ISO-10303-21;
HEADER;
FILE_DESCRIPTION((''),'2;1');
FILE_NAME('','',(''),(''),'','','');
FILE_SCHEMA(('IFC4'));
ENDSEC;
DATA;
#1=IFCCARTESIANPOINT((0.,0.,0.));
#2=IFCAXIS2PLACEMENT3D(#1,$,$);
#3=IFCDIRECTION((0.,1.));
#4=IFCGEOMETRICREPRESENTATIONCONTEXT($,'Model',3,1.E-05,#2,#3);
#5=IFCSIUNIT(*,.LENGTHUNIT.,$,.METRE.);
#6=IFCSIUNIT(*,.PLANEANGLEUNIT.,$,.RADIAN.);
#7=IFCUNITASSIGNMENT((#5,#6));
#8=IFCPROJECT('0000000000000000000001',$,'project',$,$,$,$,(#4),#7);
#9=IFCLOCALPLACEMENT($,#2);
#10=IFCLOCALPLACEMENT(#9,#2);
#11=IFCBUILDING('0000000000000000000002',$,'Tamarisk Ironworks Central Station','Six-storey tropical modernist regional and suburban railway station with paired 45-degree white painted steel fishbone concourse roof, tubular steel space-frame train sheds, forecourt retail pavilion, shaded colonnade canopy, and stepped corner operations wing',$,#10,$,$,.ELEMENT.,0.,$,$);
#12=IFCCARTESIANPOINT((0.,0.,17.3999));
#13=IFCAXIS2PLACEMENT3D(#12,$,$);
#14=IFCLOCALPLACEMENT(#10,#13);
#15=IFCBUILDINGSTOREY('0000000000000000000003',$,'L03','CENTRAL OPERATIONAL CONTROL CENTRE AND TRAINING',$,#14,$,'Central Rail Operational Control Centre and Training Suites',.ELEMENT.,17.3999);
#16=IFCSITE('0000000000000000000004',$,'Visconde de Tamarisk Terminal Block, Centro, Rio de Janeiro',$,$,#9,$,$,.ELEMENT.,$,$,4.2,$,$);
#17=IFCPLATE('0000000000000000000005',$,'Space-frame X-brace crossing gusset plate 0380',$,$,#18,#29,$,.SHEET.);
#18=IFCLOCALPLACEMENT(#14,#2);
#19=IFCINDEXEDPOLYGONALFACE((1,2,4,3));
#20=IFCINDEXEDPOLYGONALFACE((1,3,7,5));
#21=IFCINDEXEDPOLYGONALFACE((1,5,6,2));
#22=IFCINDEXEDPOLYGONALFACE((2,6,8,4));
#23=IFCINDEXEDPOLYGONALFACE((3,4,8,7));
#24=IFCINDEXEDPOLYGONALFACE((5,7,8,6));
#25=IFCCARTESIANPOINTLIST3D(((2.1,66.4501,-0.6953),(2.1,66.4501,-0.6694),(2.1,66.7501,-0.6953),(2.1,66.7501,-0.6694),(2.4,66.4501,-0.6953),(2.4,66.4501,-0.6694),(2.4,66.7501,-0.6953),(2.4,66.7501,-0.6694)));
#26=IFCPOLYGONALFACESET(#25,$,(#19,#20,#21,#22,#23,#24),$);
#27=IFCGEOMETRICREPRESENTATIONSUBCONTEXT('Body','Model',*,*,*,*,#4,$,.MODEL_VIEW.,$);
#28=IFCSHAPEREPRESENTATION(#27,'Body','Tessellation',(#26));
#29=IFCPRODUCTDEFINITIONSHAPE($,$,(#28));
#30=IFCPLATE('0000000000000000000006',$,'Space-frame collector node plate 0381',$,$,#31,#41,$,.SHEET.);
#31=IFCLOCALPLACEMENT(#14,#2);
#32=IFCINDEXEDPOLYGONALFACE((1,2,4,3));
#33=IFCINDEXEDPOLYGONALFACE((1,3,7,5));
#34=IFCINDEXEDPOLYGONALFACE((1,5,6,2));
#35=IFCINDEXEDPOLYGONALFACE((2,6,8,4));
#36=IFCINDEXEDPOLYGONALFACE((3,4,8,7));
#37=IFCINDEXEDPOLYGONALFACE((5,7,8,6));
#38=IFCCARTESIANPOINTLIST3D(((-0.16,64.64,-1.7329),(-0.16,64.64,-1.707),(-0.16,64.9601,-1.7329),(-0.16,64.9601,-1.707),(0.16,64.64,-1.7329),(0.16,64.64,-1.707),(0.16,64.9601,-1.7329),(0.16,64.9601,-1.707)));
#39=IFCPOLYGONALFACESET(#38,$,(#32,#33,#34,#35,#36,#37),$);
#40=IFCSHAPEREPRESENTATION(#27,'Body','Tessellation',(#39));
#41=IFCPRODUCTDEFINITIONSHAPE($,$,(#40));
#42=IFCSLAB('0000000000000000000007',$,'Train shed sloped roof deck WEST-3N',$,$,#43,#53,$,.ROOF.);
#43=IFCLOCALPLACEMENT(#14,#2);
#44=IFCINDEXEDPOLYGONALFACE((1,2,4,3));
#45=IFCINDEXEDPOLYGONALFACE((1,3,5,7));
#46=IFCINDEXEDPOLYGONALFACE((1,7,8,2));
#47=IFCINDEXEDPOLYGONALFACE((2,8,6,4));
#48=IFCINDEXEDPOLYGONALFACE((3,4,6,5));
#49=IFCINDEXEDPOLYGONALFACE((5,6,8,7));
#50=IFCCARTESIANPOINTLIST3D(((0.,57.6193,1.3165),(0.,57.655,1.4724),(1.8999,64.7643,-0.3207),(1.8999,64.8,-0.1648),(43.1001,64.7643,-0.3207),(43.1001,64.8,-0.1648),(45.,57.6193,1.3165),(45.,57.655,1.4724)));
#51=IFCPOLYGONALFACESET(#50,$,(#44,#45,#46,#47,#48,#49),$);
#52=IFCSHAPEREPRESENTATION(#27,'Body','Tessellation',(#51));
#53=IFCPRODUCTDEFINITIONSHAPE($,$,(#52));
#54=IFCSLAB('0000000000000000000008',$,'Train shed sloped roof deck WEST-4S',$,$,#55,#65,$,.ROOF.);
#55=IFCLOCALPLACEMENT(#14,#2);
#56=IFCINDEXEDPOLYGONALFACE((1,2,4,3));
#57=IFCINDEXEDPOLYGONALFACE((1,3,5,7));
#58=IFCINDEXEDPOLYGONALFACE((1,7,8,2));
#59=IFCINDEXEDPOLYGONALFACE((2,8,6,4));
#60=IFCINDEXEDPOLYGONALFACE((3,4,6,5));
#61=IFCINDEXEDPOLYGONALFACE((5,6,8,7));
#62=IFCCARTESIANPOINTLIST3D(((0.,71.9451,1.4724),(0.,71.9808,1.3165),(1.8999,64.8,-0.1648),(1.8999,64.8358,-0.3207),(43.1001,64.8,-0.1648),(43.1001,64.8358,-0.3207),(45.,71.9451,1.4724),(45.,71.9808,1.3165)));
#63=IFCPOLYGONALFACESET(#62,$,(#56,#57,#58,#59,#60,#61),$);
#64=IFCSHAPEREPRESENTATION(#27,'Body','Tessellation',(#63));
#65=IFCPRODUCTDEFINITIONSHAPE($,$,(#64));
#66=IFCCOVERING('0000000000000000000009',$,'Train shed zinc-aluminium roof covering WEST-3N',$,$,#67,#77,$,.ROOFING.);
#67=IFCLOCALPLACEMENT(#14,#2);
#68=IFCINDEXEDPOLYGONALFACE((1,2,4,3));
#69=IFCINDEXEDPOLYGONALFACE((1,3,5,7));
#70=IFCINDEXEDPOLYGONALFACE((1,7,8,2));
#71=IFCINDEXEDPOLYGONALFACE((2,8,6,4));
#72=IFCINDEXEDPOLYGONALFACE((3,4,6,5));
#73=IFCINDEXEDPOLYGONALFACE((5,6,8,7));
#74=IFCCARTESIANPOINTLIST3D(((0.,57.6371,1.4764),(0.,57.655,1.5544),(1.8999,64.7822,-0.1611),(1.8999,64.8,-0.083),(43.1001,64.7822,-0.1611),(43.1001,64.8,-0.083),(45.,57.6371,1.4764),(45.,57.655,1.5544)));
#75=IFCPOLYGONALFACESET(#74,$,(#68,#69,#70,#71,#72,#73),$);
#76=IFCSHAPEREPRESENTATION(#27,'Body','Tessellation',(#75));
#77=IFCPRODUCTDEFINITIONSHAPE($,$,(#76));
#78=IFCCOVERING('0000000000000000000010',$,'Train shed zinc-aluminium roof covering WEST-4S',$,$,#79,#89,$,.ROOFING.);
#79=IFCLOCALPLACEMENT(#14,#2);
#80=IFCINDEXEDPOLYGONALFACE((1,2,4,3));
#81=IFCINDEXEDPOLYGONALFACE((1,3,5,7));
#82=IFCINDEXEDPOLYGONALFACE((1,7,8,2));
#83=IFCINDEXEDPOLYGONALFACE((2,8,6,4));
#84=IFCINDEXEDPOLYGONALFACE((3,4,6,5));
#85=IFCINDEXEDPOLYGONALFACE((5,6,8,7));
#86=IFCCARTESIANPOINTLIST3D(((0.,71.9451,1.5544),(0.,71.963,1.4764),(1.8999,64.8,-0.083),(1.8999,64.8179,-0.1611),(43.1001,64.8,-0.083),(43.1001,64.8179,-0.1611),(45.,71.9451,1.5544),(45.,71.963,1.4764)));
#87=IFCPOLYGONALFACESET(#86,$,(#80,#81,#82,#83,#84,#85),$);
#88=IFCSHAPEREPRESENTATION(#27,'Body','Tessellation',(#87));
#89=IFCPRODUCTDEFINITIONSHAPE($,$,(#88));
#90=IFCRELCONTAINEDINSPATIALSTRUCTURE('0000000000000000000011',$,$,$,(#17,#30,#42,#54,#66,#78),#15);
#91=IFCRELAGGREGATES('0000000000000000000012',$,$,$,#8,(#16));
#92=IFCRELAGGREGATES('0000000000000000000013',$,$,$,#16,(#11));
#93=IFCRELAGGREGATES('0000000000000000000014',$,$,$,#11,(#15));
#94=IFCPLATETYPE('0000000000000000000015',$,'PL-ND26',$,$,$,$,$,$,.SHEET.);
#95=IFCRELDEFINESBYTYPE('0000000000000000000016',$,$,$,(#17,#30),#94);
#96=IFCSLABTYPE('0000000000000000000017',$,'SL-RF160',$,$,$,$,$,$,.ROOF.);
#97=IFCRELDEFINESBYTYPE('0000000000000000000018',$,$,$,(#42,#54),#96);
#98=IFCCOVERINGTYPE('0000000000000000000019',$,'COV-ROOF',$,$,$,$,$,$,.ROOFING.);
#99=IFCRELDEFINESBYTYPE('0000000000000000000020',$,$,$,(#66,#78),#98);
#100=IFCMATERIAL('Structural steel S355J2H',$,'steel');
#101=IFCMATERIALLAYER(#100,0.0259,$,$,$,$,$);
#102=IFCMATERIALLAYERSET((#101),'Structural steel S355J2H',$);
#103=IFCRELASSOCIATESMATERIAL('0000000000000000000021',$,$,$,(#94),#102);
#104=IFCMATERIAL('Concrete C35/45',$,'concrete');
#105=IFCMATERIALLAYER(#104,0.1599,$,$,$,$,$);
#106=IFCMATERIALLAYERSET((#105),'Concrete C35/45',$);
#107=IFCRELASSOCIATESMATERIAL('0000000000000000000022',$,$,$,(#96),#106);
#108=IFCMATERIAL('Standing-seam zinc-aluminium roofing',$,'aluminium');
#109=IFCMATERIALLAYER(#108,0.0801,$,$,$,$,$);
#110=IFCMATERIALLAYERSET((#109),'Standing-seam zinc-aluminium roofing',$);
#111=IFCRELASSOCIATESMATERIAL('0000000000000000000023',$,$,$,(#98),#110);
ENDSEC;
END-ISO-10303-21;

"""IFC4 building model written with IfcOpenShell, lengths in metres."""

from ifc_helpers import new_model, si_unit, direction, frame, origin, origin_2d, place, context, subcontext, project, spatial, polyline, rectangle, outline, extrude, material, layer, layer_set, type_object, element, save


model = new_model("IFC4")

# Units and contexts
model_context = context("Model", 3, precision=1e-05, world=origin(), true_north=direction((0.0, 1.0)))
body_context = subcontext(model_context, "Body", "Model", "MODEL_VIEW")
ifc_project = project(units=[si_unit("LENGTHUNIT", "METRE"), si_unit("PLANEANGLEUNIT", "RADIAN")], contexts=[model_context])

# Site, building, storey
site_placement = place(None, origin())
site = spatial("IfcSite", under=ifc_project, at=site_placement, Name="Visconde de Tamarisk Terminal Block, Centro, Rio de Janeiro", CompositionType="ELEMENT", RefElevation=4.2)
building_placement = place(site_placement, origin())
building = spatial("IfcBuilding", under=site, at=building_placement, Name="Tamarisk Ironworks Central Station", Description="Six-storey tropical modernist regional and suburban railway station with paired 45-degree white painted steel fishbone concourse roof, tubular steel space-frame train sheds, forecourt retail pavilion, shaded colonnade canopy, and stepped corner operations wing", CompositionType="ELEMENT", ElevationOfRefHeight=0.0)
storey_placement = place(building_placement, frame((0.0, 0.0, 17.3999)))
storey = spatial("IfcBuildingStorey", under=building, at=storey_placement, Name="L03", Description="CENTRAL OPERATIONAL CONTROL CENTRE AND TRAINING", LongName="Central Rail Operational Control Centre and Training Suites", CompositionType="ELEMENT", Elevation=17.3999)

# Shared definitions
ifc_material_1 = material(Name="Structural steel S355J2H", Category="steel")

# Plates
ifc_layer_1 = layer(ifc_material_1, 0.0259)
ifc_layer_set_1 = layer_set([ifc_layer_1], Name="Structural steel S355J2H")
plate_type = type_object("IfcPlateType", Name="PL-ND26", PredefinedType="SHEET", material=ifc_layer_set_1)
plate_1_placement = place(storey_placement, frame((2.25, 66.6001, -0.6953), z_axis=(0.0, 0.0, 1.0), x_axis=(1.0, 0.0, 0.0)))
element("IfcPlate", 1, at=plate_1_placement, inside=storey, type_object=plate_type, Name="Space-frame X-brace crossing gusset plate 0380", PredefinedType="SHEET", context=body_context, shape_type="SweptSolid", body=[
    extrude(rectangle(XDim=0.3, YDim=0.3, at=origin_2d()), origin(), (0.0, 0.0, 1.0), 0.0259),
])
plate_2_placement = place(storey_placement, frame((0.0, 64.8, -1.7329), z_axis=(0.0, 0.0, 1.0), x_axis=(1.0, 0.0, 0.0)))
element("IfcPlate", 2, at=plate_2_placement, inside=storey, type_object=plate_type, Name="Space-frame collector node plate 0381", PredefinedType="SHEET", context=body_context, shape_type="SweptSolid", body=[
    extrude(rectangle(XDim=0.3201, YDim=0.3201, at=origin_2d()), origin(), (0.0, 0.0, 1.0), 0.0259),
])

# Slabs
ifc_material_2 = material(Name="Concrete C35/45", Category="concrete")
ifc_layer_2 = layer(ifc_material_2, 0.1599)
ifc_layer_set_2 = layer_set([ifc_layer_2], Name="Concrete C35/45")
slab_type = type_object("IfcSlabType", Name="SL-RF160", PredefinedType="ROOF", material=ifc_layer_set_2)
slab_1_placement = place(storey_placement, frame((0.0, 57.655, 1.4724), z_axis=(0.0, 0.223351, 0.974738), x_axis=(1.0, 0.0, 0.0)))
element("IfcSlab", 3, at=slab_1_placement, inside=storey, type_object=slab_type, Name="Train shed sloped roof deck WEST-3N", PredefinedType="ROOF", context=body_context, shape_type="SweptSolid", body=[
    extrude(outline(polyline([(0.0, 0.0), (45.0, 0.0), (43.1001, 7.3302), (1.8999, 7.3302), (0.0, 0.0)])), origin(), (0.0, 0.0, -1.0), 0.1599),
])
slab_2_placement = place(storey_placement, frame((1.8999, 64.8, -0.1648), z_axis=(0.0, -0.223351, 0.974738), x_axis=(1.0, 0.0, 0.0)))
element("IfcSlab", 4, at=slab_2_placement, inside=storey, type_object=slab_type, Name="Train shed sloped roof deck WEST-4S", PredefinedType="ROOF", context=body_context, shape_type="SweptSolid", body=[
    extrude(outline(polyline([(0.0, 0.0), (41.2002, 0.0), (43.1001, 7.3302), (-1.8999, 7.3302), (0.0, 0.0)])), origin(), (0.0, 0.0, -1.0), 0.1599),
])

# Coverings
ifc_material_3 = material(Name="Standing-seam zinc-aluminium roofing", Category="aluminium")
ifc_layer_3 = layer(ifc_material_3, 0.0801)
ifc_layer_set_3 = layer_set([ifc_layer_3], Name="Standing-seam zinc-aluminium roofing")
covering_type = type_object("IfcCoveringType", Name="COV-ROOF", PredefinedType="ROOFING", material=ifc_layer_set_3)
covering_1_placement = place(storey_placement, frame((0.0, 57.655, 1.5544), z_axis=(0.0, 0.223383, 0.974731), x_axis=(1.0, 0.0, 0.0)))
element("IfcCovering", 5, at=covering_1_placement, inside=storey, type_object=covering_type, Name="Train shed zinc-aluminium roof covering WEST-3N", PredefinedType="ROOFING", context=body_context, shape_type="SweptSolid", body=[
    extrude(outline(polyline([(0.0, 0.0), (45.0, 0.0), (43.1001, 7.3302), (1.8999, 7.3302), (0.0, 0.0)])), origin(), (0.0, 0.0, -1.0), 0.0801),
])
covering_2_placement = place(storey_placement, frame((1.8999, 64.8, -0.083), z_axis=(0.0, -0.223383, 0.974731), x_axis=(1.0, 0.0, 0.0)))
element("IfcCovering", 6, at=covering_2_placement, inside=storey, type_object=covering_type, Name="Train shed zinc-aluminium roof covering WEST-4S", PredefinedType="ROOFING", context=body_context, shape_type="SweptSolid", body=[
    extrude(outline(polyline([(0.0, 0.0), (41.2002, 0.0), (43.1001, 7.3302), (-1.8999, 7.3302), (0.0, 0.0)])), origin(), (0.0, 0.0, -1.0), 0.0801),
])

save(model, "model.ifc")
